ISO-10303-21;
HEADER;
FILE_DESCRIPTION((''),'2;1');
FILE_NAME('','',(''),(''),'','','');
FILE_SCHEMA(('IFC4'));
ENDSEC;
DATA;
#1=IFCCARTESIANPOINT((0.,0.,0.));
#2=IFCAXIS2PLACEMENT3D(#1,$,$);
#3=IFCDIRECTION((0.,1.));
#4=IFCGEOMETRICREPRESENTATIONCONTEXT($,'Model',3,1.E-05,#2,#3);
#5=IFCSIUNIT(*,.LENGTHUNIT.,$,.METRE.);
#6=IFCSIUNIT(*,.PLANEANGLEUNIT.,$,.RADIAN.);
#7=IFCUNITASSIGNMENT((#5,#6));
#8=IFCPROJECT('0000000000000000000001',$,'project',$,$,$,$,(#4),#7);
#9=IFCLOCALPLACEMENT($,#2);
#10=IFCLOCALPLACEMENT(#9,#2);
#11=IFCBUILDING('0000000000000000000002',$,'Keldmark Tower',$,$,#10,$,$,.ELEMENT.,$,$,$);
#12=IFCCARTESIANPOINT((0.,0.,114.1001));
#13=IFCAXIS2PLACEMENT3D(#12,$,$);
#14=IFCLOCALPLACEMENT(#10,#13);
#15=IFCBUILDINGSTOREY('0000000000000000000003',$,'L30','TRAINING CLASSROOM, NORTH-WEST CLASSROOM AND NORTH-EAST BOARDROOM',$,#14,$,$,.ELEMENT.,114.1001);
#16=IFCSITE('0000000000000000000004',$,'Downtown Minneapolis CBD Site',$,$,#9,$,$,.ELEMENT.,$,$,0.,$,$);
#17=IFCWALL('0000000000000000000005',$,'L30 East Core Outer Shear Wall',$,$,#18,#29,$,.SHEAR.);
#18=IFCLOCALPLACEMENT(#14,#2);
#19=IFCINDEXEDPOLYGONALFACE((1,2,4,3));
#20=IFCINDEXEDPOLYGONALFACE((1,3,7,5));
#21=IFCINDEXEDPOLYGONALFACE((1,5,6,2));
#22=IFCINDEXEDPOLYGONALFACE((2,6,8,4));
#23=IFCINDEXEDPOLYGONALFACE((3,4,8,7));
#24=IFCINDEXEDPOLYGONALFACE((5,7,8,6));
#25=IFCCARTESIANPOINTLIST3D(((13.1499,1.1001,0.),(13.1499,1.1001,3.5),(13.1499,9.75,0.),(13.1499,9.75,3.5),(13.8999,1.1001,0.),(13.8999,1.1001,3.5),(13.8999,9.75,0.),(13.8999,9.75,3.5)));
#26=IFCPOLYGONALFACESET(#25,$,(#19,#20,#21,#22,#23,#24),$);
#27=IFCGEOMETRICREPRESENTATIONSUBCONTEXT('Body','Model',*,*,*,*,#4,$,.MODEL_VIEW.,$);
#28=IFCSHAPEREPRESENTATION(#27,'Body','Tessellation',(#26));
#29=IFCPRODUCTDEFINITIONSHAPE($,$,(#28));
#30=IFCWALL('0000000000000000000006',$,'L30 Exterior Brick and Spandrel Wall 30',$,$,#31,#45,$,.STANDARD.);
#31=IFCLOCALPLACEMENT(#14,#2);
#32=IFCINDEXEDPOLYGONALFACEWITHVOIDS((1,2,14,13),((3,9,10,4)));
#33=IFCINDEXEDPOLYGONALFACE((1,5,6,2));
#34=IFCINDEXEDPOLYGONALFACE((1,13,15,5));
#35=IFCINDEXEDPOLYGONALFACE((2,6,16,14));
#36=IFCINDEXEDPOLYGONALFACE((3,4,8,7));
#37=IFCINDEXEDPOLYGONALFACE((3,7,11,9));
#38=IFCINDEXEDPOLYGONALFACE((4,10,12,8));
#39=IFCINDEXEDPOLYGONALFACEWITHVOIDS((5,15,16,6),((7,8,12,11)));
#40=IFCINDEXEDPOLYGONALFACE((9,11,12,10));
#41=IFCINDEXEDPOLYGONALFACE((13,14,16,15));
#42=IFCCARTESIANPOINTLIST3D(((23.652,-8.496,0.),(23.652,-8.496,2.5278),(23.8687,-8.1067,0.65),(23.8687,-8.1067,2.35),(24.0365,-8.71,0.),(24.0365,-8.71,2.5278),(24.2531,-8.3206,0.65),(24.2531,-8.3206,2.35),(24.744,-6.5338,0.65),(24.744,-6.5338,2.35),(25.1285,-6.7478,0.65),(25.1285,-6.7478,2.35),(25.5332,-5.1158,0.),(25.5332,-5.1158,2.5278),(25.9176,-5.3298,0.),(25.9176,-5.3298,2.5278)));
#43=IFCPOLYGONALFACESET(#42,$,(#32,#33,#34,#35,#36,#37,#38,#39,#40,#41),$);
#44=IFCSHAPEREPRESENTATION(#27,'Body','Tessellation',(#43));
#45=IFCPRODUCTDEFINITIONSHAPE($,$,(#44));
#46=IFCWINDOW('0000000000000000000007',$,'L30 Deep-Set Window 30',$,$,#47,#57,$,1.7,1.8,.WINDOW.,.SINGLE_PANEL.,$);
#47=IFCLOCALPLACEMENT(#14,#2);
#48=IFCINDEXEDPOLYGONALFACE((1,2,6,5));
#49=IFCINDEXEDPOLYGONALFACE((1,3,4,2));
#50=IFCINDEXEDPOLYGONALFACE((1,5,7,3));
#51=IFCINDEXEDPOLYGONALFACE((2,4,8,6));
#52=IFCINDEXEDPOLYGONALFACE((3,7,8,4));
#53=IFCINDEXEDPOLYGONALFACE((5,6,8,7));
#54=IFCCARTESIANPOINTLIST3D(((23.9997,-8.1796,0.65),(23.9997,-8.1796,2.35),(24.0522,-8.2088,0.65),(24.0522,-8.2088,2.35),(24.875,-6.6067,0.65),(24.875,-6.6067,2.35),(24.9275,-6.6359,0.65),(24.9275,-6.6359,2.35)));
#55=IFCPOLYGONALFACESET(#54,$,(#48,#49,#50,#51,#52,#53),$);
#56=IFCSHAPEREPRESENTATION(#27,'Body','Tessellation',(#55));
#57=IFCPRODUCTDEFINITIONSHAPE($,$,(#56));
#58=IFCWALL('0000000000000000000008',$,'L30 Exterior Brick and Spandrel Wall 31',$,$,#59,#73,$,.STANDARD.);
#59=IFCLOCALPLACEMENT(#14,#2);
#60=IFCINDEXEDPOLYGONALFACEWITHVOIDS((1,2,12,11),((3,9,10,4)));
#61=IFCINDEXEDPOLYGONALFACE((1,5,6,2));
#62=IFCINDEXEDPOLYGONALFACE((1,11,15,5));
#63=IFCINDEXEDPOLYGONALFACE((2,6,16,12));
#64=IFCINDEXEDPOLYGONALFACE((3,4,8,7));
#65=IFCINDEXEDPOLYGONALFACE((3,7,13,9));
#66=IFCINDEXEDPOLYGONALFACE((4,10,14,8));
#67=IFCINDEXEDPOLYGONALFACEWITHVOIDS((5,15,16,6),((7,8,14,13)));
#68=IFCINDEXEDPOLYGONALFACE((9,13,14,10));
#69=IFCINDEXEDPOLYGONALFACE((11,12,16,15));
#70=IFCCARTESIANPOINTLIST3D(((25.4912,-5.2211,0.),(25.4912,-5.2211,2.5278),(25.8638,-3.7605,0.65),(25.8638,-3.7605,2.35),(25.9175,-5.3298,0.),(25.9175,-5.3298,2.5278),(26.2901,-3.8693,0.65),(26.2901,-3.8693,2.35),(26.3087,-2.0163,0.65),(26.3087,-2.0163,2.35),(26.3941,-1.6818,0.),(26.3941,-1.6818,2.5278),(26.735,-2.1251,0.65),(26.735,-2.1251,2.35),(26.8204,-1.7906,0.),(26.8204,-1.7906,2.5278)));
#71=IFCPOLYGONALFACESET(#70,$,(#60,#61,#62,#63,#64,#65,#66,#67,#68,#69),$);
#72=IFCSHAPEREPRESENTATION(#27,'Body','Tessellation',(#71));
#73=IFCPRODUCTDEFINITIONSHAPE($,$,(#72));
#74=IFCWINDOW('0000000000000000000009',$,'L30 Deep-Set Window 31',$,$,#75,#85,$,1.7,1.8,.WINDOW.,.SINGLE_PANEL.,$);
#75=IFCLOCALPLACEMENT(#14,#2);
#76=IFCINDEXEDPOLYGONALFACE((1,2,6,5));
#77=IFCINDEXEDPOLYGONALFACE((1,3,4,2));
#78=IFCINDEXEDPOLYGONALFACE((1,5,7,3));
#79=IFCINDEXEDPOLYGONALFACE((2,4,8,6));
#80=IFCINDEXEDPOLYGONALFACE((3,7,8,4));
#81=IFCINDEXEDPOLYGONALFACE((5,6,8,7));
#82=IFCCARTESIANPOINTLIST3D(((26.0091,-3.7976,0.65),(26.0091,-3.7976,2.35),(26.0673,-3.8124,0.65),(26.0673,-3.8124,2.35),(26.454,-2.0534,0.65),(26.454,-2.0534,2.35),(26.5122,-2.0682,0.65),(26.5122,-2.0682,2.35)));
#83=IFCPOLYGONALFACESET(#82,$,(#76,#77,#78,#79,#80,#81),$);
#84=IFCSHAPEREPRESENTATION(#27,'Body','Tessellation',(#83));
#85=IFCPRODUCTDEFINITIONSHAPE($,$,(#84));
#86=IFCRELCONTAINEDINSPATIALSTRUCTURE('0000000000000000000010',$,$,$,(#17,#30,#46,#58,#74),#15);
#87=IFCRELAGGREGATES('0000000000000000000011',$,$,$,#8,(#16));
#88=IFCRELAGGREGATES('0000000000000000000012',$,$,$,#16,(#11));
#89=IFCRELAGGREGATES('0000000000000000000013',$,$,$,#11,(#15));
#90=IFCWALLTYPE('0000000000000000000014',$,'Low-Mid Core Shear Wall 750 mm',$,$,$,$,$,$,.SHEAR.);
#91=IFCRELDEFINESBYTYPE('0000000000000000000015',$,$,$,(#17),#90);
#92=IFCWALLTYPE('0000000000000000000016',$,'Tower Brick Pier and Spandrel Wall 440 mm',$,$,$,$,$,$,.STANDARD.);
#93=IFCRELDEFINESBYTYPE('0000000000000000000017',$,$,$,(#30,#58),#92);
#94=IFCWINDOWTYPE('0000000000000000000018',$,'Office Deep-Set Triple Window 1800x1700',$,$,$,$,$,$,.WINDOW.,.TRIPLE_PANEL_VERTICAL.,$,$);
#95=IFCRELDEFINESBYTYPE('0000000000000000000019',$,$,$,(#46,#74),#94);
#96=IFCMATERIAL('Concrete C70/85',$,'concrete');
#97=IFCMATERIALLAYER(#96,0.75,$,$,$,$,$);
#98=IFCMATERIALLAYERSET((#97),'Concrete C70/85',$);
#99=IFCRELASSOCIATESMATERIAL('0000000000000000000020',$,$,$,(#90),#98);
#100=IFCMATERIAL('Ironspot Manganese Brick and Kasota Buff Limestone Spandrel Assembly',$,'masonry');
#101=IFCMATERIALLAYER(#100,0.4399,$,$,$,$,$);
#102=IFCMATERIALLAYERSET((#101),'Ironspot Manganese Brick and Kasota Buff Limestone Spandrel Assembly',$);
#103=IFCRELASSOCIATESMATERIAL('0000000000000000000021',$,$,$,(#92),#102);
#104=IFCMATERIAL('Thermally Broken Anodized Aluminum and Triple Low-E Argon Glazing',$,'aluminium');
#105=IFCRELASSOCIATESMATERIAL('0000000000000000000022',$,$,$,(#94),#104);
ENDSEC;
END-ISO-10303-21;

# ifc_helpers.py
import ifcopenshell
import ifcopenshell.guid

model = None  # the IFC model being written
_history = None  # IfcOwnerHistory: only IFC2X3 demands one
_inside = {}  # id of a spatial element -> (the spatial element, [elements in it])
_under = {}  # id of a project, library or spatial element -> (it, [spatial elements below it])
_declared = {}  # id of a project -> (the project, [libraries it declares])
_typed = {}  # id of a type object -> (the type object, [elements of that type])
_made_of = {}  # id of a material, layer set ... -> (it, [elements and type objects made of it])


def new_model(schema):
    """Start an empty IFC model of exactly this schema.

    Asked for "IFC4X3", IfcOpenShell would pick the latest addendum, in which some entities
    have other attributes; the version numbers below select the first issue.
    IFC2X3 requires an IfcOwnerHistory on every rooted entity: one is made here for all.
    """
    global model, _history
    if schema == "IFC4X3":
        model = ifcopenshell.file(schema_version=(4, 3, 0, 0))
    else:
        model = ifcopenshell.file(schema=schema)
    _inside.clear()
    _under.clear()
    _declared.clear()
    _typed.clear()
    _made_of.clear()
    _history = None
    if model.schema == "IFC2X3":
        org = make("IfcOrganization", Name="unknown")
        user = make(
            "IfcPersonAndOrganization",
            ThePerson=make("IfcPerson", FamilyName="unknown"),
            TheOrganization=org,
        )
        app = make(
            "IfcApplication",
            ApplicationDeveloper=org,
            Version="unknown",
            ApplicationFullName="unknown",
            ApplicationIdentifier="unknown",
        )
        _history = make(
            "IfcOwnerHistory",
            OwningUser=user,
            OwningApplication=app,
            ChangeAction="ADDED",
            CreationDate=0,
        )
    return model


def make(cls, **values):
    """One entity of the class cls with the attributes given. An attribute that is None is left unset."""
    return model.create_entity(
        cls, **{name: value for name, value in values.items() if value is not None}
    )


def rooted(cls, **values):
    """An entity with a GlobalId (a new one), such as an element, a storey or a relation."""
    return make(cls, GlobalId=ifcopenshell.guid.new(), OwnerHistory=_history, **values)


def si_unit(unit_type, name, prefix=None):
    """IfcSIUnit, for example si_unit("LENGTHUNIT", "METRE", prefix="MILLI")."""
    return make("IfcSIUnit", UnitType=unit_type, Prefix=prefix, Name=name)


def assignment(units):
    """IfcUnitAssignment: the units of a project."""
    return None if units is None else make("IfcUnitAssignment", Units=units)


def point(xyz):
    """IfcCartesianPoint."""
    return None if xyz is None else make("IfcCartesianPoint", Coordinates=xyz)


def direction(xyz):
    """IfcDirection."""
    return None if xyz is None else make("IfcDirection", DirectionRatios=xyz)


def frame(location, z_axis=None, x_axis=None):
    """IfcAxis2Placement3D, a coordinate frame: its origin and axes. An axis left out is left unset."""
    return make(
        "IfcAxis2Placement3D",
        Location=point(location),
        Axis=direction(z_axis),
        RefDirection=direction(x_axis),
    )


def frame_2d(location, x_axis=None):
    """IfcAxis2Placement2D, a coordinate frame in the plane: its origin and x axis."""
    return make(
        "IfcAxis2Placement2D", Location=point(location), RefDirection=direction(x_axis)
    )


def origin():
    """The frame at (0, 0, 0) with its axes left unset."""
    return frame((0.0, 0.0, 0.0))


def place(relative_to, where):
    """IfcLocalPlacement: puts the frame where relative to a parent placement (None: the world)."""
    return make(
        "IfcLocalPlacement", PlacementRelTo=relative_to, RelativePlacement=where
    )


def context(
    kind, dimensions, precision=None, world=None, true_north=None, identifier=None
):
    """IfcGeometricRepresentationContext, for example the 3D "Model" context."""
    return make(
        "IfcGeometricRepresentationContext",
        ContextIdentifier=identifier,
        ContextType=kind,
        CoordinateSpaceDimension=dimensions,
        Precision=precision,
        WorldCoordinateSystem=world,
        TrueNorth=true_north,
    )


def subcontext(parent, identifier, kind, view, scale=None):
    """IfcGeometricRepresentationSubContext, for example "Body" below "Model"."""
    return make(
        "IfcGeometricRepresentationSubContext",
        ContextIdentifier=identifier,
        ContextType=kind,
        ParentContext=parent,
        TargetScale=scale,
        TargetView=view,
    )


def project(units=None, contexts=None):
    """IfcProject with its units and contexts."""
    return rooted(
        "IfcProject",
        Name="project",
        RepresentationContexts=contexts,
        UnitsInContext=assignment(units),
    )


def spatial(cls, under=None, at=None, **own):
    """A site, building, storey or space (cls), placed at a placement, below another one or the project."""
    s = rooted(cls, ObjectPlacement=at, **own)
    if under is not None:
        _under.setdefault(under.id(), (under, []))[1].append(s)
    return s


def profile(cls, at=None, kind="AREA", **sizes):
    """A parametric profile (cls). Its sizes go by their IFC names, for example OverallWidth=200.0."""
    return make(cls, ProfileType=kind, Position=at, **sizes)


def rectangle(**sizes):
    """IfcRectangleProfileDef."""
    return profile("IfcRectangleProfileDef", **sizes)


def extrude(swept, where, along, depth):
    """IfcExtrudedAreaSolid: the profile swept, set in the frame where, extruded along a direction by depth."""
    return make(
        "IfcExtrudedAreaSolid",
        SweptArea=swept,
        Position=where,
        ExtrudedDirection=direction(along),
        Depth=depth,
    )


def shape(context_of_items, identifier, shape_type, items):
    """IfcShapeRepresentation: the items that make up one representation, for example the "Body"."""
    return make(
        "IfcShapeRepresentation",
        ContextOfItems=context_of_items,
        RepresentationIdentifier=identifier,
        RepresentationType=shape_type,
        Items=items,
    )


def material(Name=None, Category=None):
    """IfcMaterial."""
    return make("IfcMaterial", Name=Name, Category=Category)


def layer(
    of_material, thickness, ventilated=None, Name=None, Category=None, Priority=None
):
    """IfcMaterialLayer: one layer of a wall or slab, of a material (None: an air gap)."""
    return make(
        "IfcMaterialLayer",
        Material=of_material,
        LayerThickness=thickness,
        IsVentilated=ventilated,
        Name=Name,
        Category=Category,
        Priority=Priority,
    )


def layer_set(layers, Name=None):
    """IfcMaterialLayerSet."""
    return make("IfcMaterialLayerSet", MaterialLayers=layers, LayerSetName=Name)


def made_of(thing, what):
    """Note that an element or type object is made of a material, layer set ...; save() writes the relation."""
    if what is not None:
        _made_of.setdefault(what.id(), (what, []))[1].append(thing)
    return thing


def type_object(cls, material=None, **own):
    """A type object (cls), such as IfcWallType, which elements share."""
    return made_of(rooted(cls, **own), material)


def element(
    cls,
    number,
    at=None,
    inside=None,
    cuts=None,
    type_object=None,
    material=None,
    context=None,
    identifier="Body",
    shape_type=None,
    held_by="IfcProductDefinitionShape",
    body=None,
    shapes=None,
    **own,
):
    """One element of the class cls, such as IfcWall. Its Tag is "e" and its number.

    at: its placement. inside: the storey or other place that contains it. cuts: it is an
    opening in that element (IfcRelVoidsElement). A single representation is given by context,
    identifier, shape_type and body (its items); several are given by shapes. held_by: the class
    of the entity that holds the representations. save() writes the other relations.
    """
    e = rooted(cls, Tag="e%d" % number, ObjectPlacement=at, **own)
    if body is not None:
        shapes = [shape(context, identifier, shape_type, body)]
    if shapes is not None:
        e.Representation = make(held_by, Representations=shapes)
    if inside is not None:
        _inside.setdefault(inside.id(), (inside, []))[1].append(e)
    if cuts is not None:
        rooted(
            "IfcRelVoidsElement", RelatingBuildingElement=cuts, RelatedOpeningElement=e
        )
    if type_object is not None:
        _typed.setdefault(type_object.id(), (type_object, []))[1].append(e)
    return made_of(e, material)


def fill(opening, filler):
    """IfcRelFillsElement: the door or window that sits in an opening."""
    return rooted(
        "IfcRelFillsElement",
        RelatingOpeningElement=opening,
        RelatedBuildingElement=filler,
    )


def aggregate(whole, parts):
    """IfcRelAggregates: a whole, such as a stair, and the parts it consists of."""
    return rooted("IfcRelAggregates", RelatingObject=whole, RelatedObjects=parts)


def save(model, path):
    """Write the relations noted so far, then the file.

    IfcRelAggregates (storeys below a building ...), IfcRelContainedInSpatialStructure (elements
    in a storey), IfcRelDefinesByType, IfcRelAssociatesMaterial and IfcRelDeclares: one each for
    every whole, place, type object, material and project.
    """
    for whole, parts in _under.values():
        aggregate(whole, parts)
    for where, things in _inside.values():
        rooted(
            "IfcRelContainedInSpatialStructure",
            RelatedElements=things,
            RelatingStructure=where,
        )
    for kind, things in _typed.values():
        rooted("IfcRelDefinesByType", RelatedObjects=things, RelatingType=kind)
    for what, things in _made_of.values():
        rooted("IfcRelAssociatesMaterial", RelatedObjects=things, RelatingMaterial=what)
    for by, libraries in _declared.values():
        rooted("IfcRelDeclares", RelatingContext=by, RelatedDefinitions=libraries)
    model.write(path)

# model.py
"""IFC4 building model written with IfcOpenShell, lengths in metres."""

from ifc_helpers import new_model, si_unit, direction, frame, frame_2d, origin, place, context, subcontext, project, spatial, rectangle, extrude, material, layer, layer_set, type_object, element, fill, save


model = new_model("IFC4")

# Units and contexts
model_context = context("Model", 3, precision=1e-05, world=origin(), true_north=direction((0.0, 1.0)))
body_context = subcontext(model_context, "Body", "Model", "MODEL_VIEW")
ifc_project = project(units=[si_unit("LENGTHUNIT", "METRE"), si_unit("PLANEANGLEUNIT", "RADIAN")], contexts=[model_context])

# Site, building, storey
site_placement = place(None, origin())
site = spatial("IfcSite", under=ifc_project, at=site_placement, Name="Downtown Minneapolis CBD Site", CompositionType="ELEMENT", RefElevation=0.0)
building_placement = place(site_placement, origin())
building = spatial("IfcBuilding", under=site, at=building_placement, Name="Keldmark Tower", CompositionType="ELEMENT")
storey_placement = place(building_placement, frame((0.0, 0.0, 114.1001)))
storey = spatial("IfcBuildingStorey", under=building, at=storey_placement, Name="L30", Description="TRAINING CLASSROOM, NORTH-WEST CLASSROOM AND NORTH-EAST BOARDROOM", CompositionType="ELEMENT", Elevation=114.1001)

# Wall
ifc_material_1 = material(Name="Concrete C70/85", Category="concrete")
ifc_layer_1 = layer(ifc_material_1, 0.75)
ifc_layer_set_1 = layer_set([ifc_layer_1], Name="Concrete C70/85")
wall_type_1 = type_object("IfcWallType", Name="Low-Mid Core Shear Wall 750 mm", PredefinedType="SHEAR", material=ifc_layer_set_1)
wall_1_placement = place(storey_placement, frame((13.5249, 1.1001, 0.0), z_axis=(0.0, 0.0, 1.0), x_axis=(0.0, 1.0, 0.0)))
element("IfcWall", 1, at=wall_1_placement, inside=storey, type_object=wall_type_1, Name="L30 East Core Outer Shear Wall", PredefinedType="SHEAR", context=body_context, shape_type="SweptSolid", body=[
    extrude(rectangle(XDim=8.6499, YDim=0.75, at=frame_2d((4.325, 0.0))), origin(), (0.0, 0.0, 1.0), 3.5),
])

# Walls, openings, windows
ifc_material_2 = material(Name="Ironspot Manganese Brick and Kasota Buff Limestone Spandrel Assembly", Category="masonry")
ifc_layer_2 = layer(ifc_material_2, 0.4399)
ifc_layer_set_2 = layer_set([ifc_layer_2], Name="Ironspot Manganese Brick and Kasota Buff Limestone Spandrel Assembly")
wall_type_2 = type_object("IfcWallType", Name="Tower Brick Pier and Spandrel Wall 440 mm", PredefinedType="STANDARD", material=ifc_layer_set_2)
wall_2_placement = place(storey_placement, frame((25.7253, -5.2229, 0.0), z_axis=(0.0, 0.0, 1.0), x_axis=(-0.486286, -0.8738, 0.0)))
wall_2 = element("IfcWall", 2, at=wall_2_placement, inside=storey, type_object=wall_type_2, Name="L30 Exterior Brick and Spandrel Wall 30", PredefinedType="STANDARD", context=body_context, shape_type="SweptSolid", body=[
    extrude(rectangle(XDim=3.8684, YDim=0.4399, at=frame_2d((1.9341, 0.0))), origin(), (0.0, 0.0, 1.0), 2.5278),
])
opening_1_placement = place(wall_2_placement, frame((1.6228, 0.0, 0.6499)))
opening_1 = element("IfcOpeningElement", 3, at=opening_1_placement, cuts=wall_2, PredefinedType="OPENING", context=body_context, shape_type="SweptSolid", body=[
    extrude(rectangle(XDim=1.8, YDim=1.7, at=frame_2d((0.8999, 0.8501))), frame((0.0, 0.23, 0.0), z_axis=(0.0, -1.0, 0.0), x_axis=(1.0, 0.0, 0.0)), (0.0, 0.0, 1.0), 0.46),
])
ifc_material_3 = material(Name="Thermally Broken Anodized Aluminum and Triple Low-E Argon Glazing", Category="aluminium")
window_type = type_object("IfcWindowType", Name="Office Deep-Set Triple Window 1800x1700", PartitioningType="TRIPLE_PANEL_VERTICAL", PredefinedType="WINDOW", material=ifc_material_3)
window_1_placement = place(opening_1_placement, origin())
window_1 = element("IfcWindow", 4, at=window_1_placement, inside=storey, type_object=window_type, Name="L30 Deep-Set Window 30", OverallHeight=1.7, OverallWidth=1.8, PartitioningType="SINGLE_PANEL", PredefinedType="WINDOW", context=body_context, shape_type="SweptSolid", body=[
    extrude(rectangle(XDim=1.8, YDim=1.7, at=frame_2d((0.8999, 0.8501))), frame((0.0, -0.01, 0.0), z_axis=(0.0, -1.0, 0.0), x_axis=(1.0, 0.0, 0.0)), (0.0, 0.0, 1.0), 0.0601),
])
fill(opening_1, window_1)
wall_3_placement = place(storey_placement, frame((26.6072, -1.7363, 0.0), z_axis=(0.0, 0.0, 1.0), x_axis=(-0.247172, -0.968972, 0.0)))
wall_3 = element("IfcWall", 5, at=wall_3_placement, inside=storey, type_object=wall_type_2, Name="L30 Exterior Brick and Spandrel Wall 31", PredefinedType="STANDARD", context=body_context, shape_type="SweptSolid", body=[
    extrude(rectangle(XDim=3.6526, YDim=0.4399, at=frame_2d((1.8262, 0.0))), origin(), (0.0, 0.0, 1.0), 2.5278),
])
opening_2_placement = place(wall_3_placement, frame((0.3452, 0.0, 0.6499)))
opening_2 = element("IfcOpeningElement", 6, at=opening_2_placement, cuts=wall_3, PredefinedType="OPENING", context=body_context, shape_type="SweptSolid", body=[
    extrude(rectangle(XDim=1.8, YDim=1.7, at=frame_2d((0.8999, 0.8501))), frame((0.0, 0.23, 0.0), z_axis=(0.0, -1.0, 0.0), x_axis=(1.0, 0.0, 0.0)), (0.0, 0.0, 1.0), 0.46),
])
window_2_placement = place(opening_2_placement, origin())
window_2 = element("IfcWindow", 7, at=window_2_placement, inside=storey, type_object=window_type, Name="L30 Deep-Set Window 31", OverallHeight=1.7, OverallWidth=1.8, PartitioningType="SINGLE_PANEL", PredefinedType="WINDOW", context=body_context, shape_type="SweptSolid", body=[
    extrude(rectangle(XDim=1.8, YDim=1.7, at=frame_2d((0.8999, 0.8501))), frame((0.0, -0.01, 0.0), z_axis=(0.0, -1.0, 0.0), x_axis=(1.0, 0.0, 0.0)), (0.0, 0.0, 1.0), 0.0601),
])
fill(opening_2, window_2)

save(model, "model.ifc")
